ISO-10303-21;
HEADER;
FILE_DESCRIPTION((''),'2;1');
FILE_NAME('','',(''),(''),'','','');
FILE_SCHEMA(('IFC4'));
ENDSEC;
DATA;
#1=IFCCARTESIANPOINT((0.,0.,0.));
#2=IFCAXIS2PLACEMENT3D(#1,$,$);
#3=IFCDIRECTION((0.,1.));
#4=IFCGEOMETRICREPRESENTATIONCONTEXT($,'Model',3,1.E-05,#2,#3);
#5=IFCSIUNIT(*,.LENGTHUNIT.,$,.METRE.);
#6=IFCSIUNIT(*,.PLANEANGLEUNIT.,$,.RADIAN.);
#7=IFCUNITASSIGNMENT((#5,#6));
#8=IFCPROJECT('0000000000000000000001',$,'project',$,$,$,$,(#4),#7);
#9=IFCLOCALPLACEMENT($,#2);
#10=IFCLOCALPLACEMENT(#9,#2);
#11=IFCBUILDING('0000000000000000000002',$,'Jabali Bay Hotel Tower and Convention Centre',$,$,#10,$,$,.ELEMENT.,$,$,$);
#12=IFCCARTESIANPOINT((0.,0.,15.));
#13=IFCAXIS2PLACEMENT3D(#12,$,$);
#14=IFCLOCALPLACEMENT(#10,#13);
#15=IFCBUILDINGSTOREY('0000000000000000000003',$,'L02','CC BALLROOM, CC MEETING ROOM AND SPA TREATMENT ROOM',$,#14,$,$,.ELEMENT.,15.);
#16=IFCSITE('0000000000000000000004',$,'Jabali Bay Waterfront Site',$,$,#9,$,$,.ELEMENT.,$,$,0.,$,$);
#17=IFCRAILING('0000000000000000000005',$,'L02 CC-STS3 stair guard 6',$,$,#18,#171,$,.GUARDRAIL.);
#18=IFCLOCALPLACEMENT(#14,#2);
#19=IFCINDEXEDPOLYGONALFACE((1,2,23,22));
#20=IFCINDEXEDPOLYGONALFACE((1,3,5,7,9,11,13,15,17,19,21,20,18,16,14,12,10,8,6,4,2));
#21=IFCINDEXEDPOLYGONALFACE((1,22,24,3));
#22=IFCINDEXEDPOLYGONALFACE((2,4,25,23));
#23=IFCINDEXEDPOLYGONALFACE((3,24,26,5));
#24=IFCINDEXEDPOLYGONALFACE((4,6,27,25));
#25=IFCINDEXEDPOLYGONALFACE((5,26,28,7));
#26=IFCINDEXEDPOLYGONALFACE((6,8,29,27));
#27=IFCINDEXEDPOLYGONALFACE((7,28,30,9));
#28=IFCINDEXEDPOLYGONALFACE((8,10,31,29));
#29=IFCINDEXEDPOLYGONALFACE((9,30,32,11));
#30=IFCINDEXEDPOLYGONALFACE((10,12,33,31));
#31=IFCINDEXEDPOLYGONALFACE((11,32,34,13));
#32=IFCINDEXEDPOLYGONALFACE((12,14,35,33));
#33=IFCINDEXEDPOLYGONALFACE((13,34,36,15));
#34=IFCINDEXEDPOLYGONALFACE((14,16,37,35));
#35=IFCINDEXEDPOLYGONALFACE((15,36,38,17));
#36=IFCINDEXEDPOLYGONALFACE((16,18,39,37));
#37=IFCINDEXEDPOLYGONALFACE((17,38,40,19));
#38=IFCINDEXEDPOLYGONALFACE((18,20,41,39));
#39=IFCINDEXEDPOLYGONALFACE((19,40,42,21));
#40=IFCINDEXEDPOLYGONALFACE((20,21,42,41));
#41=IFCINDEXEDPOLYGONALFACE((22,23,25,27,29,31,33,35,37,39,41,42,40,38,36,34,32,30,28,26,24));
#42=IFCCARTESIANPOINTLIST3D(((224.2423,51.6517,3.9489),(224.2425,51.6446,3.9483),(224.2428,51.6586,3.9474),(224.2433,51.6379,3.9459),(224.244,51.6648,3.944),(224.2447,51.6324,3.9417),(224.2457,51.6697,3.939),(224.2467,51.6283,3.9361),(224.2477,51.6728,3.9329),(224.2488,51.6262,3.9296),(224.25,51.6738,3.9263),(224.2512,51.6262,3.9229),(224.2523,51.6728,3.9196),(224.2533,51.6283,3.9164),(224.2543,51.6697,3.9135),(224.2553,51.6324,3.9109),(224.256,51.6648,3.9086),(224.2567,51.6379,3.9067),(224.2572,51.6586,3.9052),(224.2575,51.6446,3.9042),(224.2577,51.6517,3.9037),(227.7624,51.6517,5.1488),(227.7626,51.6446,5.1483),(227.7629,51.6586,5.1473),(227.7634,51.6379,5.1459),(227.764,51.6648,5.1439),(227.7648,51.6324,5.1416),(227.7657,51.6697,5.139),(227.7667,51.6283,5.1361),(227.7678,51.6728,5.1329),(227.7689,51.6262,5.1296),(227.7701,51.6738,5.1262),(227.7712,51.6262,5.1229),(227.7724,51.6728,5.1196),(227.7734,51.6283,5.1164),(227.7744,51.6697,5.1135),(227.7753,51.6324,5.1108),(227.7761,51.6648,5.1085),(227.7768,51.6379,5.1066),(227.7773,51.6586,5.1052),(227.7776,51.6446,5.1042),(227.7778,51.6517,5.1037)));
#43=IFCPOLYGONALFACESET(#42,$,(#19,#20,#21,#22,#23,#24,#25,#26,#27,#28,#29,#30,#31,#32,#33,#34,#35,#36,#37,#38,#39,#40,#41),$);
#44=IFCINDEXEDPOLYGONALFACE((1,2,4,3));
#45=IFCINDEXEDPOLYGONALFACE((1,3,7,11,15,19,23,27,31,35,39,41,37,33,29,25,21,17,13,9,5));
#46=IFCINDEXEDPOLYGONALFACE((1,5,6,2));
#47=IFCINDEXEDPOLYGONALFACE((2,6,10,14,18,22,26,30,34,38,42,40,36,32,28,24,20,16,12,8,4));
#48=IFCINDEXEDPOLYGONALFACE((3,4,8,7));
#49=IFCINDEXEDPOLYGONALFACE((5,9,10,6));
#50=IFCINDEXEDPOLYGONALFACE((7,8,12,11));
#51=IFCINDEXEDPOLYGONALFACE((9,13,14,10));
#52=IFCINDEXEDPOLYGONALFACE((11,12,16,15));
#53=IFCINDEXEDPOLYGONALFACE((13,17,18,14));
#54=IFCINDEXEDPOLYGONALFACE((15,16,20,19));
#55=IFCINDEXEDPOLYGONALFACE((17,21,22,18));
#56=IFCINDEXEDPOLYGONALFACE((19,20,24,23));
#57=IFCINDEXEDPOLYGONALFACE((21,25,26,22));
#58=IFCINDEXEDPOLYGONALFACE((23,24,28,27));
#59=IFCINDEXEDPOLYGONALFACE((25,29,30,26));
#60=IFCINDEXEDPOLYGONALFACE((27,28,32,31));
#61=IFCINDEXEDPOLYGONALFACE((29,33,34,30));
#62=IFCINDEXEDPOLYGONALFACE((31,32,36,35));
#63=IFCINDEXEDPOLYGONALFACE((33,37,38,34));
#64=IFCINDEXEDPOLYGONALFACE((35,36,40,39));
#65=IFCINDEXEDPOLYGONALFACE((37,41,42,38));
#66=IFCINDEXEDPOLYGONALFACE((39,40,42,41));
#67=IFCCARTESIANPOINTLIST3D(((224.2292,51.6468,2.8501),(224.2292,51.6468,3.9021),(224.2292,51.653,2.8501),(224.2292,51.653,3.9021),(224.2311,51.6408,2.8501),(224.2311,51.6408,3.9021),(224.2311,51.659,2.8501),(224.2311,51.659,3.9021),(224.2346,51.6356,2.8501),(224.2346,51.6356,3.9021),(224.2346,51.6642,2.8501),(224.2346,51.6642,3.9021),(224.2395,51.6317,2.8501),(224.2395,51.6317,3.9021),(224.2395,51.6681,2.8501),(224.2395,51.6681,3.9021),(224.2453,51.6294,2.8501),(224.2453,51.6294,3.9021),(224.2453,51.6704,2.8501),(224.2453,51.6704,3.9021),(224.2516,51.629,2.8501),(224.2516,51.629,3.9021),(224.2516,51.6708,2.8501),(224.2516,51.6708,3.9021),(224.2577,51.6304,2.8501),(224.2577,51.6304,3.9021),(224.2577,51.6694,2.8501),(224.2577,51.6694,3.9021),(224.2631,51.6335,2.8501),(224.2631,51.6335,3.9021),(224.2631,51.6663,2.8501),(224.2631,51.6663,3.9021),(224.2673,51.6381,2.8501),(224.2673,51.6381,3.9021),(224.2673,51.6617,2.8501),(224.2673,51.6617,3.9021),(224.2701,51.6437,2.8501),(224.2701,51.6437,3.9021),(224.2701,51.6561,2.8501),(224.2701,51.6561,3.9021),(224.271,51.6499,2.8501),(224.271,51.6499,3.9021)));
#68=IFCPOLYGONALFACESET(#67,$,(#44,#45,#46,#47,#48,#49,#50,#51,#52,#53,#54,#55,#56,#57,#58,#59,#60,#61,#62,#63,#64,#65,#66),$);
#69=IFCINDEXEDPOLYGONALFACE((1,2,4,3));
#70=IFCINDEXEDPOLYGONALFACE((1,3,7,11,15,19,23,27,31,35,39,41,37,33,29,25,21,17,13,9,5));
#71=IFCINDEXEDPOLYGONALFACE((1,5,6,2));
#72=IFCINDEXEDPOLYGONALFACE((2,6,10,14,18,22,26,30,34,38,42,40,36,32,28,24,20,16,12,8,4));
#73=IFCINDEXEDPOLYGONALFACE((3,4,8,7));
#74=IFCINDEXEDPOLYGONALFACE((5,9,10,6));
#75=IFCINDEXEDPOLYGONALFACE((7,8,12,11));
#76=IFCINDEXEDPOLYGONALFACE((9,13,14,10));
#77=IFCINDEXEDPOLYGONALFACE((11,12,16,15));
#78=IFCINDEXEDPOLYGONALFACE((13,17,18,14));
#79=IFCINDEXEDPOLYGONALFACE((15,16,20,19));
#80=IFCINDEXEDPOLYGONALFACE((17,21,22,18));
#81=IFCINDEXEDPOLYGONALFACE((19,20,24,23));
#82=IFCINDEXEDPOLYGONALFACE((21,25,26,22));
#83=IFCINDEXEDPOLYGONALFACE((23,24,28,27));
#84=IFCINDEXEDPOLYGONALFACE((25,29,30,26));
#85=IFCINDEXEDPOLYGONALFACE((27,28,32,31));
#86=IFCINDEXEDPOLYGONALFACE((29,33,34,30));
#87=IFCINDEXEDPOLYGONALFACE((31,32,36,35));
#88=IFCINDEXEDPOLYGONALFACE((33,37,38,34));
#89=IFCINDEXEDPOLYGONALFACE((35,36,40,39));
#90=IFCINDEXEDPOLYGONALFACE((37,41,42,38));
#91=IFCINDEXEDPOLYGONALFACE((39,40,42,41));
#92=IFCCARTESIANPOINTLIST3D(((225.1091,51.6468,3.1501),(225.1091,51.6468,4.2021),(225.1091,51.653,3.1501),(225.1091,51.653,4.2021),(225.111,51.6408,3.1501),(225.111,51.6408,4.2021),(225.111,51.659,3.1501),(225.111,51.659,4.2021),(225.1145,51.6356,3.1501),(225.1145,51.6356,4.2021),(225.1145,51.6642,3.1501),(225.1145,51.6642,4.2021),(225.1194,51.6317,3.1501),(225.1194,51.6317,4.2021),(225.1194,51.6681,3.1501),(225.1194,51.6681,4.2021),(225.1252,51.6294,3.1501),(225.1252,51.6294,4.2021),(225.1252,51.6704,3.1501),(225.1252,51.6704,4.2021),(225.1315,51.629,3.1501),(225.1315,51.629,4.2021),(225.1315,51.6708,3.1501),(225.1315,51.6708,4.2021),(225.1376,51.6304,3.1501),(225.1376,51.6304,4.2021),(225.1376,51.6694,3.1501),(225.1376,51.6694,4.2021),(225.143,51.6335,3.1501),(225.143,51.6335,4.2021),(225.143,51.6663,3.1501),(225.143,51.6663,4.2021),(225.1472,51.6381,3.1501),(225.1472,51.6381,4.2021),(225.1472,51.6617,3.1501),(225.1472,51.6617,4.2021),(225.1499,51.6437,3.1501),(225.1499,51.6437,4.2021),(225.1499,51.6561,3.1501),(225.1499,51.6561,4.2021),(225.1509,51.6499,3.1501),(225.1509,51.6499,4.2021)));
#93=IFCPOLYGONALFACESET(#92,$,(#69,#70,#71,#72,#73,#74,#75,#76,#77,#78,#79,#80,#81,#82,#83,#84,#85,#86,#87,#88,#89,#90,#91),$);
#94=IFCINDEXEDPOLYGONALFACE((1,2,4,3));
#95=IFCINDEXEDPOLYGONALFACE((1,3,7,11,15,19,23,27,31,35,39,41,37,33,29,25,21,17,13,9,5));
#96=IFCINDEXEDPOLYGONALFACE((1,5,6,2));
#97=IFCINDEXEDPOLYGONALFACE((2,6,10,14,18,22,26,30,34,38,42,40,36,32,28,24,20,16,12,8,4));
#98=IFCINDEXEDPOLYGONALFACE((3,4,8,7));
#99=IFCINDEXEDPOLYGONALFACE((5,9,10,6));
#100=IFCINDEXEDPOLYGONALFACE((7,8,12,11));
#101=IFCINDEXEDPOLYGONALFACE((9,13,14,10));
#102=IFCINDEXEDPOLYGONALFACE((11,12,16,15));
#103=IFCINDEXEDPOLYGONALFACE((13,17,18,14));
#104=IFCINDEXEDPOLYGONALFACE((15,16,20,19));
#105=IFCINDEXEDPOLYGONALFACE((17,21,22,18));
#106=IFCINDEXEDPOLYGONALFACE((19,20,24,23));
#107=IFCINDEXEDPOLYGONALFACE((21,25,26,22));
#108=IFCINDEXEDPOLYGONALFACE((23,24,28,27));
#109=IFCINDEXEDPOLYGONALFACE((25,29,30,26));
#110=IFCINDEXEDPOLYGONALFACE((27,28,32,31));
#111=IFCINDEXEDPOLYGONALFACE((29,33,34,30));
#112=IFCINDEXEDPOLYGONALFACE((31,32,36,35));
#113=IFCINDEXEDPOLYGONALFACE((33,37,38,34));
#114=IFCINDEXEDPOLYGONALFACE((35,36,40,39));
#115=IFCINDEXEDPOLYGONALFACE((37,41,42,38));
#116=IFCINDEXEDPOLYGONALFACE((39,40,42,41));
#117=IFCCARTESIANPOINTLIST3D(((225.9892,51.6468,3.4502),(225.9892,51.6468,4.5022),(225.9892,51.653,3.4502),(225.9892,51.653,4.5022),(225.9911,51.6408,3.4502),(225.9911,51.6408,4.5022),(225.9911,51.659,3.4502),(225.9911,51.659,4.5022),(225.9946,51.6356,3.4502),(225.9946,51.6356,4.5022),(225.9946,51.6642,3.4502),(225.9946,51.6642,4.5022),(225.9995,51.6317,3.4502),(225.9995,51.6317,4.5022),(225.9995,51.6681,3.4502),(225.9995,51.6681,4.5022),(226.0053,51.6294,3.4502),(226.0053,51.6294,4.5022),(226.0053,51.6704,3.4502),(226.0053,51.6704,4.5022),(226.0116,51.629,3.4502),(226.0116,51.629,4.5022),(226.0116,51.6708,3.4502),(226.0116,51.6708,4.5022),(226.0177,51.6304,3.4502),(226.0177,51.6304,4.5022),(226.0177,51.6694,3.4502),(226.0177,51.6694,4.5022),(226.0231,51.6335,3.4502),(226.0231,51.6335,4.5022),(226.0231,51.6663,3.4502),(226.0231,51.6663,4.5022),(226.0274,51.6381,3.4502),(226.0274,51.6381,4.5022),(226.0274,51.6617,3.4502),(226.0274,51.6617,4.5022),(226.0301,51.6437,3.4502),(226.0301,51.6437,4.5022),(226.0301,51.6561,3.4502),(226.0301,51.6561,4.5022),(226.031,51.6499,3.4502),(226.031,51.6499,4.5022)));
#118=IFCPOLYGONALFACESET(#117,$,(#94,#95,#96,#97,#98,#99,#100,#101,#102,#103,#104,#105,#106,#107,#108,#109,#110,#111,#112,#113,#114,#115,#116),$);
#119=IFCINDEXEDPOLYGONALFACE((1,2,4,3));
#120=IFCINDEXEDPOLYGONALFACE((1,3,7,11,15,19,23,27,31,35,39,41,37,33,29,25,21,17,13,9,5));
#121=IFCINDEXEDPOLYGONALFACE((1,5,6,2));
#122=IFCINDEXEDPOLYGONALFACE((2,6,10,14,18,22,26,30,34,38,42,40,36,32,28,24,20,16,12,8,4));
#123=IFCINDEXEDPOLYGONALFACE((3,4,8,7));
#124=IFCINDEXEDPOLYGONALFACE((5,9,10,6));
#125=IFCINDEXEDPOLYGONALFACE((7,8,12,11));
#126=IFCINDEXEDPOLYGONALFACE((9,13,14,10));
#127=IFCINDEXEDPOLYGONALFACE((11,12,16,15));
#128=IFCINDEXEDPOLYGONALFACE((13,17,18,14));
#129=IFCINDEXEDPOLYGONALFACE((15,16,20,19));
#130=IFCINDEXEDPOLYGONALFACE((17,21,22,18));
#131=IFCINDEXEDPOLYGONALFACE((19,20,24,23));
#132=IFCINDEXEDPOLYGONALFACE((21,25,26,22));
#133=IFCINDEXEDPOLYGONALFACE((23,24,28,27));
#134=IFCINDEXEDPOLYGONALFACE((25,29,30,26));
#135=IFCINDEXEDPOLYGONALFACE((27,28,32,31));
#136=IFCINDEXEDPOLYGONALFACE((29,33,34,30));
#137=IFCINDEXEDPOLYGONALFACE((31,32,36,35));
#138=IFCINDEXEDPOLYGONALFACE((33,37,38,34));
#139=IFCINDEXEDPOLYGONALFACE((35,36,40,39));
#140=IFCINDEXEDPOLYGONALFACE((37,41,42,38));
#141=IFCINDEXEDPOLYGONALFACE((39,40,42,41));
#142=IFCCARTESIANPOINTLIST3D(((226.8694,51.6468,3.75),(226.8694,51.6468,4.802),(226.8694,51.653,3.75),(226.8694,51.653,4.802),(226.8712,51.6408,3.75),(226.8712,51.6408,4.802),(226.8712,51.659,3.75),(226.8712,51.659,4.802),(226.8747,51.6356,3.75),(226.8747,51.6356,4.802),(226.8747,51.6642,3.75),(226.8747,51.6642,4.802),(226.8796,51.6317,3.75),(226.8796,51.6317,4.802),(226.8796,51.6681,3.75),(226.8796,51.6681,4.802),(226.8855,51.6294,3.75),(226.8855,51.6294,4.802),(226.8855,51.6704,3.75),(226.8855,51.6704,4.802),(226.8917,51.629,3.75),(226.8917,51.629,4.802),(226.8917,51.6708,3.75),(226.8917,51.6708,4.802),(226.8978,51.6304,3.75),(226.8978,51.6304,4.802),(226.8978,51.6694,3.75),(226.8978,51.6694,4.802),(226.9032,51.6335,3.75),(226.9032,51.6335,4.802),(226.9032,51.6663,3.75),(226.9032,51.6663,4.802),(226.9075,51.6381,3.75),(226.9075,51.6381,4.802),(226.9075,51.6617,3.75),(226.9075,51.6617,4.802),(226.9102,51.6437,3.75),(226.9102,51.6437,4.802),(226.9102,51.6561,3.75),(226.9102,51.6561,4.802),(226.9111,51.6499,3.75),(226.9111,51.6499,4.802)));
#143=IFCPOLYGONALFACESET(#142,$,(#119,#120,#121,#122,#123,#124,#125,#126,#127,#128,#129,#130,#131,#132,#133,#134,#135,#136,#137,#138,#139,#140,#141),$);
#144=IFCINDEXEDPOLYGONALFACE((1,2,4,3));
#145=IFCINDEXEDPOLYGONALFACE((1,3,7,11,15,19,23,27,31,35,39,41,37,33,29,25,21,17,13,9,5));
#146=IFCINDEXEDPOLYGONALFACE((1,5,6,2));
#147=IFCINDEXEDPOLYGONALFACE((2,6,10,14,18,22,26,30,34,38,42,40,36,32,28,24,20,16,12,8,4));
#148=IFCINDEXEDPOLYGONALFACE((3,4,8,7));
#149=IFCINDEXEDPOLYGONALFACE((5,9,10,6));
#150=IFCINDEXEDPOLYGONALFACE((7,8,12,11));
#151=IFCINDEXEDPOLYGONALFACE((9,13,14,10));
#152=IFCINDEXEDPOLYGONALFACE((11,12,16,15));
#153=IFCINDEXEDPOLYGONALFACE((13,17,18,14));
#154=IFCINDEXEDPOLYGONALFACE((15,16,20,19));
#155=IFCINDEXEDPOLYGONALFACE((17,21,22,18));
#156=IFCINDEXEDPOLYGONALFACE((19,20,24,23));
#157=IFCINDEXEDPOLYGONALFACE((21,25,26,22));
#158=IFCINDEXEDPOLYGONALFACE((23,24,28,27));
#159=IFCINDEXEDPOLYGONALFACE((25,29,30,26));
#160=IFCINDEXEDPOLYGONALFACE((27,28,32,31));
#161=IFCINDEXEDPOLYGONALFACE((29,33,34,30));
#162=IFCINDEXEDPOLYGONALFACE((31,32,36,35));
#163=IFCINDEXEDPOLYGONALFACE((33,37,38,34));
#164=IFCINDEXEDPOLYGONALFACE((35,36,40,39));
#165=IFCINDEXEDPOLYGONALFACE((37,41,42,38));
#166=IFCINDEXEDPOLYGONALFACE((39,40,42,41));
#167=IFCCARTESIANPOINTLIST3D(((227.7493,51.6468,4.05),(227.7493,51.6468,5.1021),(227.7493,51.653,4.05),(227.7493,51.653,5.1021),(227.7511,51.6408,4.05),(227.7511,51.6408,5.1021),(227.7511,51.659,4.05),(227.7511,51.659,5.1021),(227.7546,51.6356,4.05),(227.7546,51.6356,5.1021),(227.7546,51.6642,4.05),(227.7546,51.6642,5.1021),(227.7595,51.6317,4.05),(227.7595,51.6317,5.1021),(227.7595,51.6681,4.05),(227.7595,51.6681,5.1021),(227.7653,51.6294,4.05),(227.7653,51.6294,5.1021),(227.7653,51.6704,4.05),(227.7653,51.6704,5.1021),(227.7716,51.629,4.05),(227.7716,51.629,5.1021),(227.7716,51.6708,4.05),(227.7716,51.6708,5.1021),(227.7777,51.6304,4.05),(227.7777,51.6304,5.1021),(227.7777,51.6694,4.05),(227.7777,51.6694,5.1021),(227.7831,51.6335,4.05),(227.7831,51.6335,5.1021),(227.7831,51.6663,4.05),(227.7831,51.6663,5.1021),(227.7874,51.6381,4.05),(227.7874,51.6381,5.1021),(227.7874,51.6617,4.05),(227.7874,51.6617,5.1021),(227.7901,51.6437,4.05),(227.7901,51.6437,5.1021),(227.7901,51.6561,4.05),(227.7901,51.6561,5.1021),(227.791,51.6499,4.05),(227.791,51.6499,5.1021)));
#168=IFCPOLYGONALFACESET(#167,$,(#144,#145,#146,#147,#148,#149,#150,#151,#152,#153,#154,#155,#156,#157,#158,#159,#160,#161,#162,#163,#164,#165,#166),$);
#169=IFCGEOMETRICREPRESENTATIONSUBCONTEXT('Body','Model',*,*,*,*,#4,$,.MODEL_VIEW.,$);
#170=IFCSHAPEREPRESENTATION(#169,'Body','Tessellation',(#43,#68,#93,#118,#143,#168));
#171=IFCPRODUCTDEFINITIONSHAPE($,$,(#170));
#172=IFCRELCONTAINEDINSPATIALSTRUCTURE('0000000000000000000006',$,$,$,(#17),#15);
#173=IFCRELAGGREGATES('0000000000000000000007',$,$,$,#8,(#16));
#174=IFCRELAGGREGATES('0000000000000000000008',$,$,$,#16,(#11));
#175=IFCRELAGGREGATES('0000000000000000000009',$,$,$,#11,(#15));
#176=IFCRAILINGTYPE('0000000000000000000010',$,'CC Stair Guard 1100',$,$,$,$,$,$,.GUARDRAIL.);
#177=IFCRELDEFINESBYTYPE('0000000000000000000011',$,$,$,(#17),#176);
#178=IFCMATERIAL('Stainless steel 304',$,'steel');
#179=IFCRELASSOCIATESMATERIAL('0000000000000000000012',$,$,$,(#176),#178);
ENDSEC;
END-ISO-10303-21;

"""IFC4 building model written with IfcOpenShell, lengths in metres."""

from ifc_helpers import new_model, si_unit, direction, frame, origin, origin_2d, place, context, subcontext, project, spatial, circle, extrude, material, type_object, element, save


model = new_model("IFC4")

# Units and contexts
model_context = context("Model", 3, precision=1e-05, world=origin(), true_north=direction((0.0, 1.0)))
body_context = subcontext(model_context, "Body", "Model", "MODEL_VIEW")
ifc_project = project(units=[si_unit("LENGTHUNIT", "METRE"), si_unit("PLANEANGLEUNIT", "RADIAN")], contexts=[model_context])

# Site, building, storey
site_placement = place(None, origin())
site = spatial("IfcSite", under=ifc_project, at=site_placement, Name="Jabali Bay Waterfront Site", CompositionType="ELEMENT", RefElevation=0.0)
building_placement = place(site_placement, origin())
building = spatial("IfcBuilding", under=site, at=building_placement, Name="Jabali Bay Hotel Tower and Convention Centre", CompositionType="ELEMENT")
storey_placement = place(building_placement, frame((0.0, 0.0, 15.0)))
storey = spatial("IfcBuildingStorey", under=building, at=storey_placement, Name="L02", Description="CC BALLROOM, CC MEETING ROOM AND SPA TREATMENT ROOM", CompositionType="ELEMENT", Elevation=15.0)

# Railing
ifc_material_1 = material(Name="Stainless steel 304", Category="steel")
railing_type_1 = type_object("IfcRailingType", Name="CC Stair Guard 1100", PredefinedType="GUARDRAIL", material=ifc_material_1)
railing_1_placement = place(storey_placement, frame((224.25, 51.6499, 2.8501)))
element("IfcRailing", 1, at=railing_1_placement, inside=storey, type_object=railing_type_1, Name="L02 CC-STS3 stair guard 6", PredefinedType="GUARDRAIL", context=body_context, shape_type="SweptSolid", body=[
    extrude(circle(Radius=0.0239, at=origin_2d()), frame((0.0, 0.0, 1.0762), z_axis=(0.946515, 0.0, 0.322661), x_axis=(0.0, 1.0, 0.0)), (0.0, 0.0, 1.0), 3.719),
    extrude(circle(Radius=0.021, at=origin_2d()), origin(), (0.0, 0.0, 1.0), 1.052),
    extrude(circle(Radius=0.021, at=origin_2d()), frame((0.8799, 0.0, 0.3)), (0.0, 0.0, 1.0), 1.052),
    extrude(circle(Radius=0.021, at=origin_2d()), frame((1.76, 0.0, 0.6001)), (0.0, 0.0, 1.0), 1.052),
    extrude(circle(Radius=0.021, at=origin_2d()), frame((2.6401, 0.0, 0.8999)), (0.0, 0.0, 1.0), 1.052),
    extrude(circle(Radius=0.021, at=origin_2d()), frame((3.52, 0.0, 1.2)), (0.0, 0.0, 1.0), 1.052),
])

save(model, "model.ifc")
